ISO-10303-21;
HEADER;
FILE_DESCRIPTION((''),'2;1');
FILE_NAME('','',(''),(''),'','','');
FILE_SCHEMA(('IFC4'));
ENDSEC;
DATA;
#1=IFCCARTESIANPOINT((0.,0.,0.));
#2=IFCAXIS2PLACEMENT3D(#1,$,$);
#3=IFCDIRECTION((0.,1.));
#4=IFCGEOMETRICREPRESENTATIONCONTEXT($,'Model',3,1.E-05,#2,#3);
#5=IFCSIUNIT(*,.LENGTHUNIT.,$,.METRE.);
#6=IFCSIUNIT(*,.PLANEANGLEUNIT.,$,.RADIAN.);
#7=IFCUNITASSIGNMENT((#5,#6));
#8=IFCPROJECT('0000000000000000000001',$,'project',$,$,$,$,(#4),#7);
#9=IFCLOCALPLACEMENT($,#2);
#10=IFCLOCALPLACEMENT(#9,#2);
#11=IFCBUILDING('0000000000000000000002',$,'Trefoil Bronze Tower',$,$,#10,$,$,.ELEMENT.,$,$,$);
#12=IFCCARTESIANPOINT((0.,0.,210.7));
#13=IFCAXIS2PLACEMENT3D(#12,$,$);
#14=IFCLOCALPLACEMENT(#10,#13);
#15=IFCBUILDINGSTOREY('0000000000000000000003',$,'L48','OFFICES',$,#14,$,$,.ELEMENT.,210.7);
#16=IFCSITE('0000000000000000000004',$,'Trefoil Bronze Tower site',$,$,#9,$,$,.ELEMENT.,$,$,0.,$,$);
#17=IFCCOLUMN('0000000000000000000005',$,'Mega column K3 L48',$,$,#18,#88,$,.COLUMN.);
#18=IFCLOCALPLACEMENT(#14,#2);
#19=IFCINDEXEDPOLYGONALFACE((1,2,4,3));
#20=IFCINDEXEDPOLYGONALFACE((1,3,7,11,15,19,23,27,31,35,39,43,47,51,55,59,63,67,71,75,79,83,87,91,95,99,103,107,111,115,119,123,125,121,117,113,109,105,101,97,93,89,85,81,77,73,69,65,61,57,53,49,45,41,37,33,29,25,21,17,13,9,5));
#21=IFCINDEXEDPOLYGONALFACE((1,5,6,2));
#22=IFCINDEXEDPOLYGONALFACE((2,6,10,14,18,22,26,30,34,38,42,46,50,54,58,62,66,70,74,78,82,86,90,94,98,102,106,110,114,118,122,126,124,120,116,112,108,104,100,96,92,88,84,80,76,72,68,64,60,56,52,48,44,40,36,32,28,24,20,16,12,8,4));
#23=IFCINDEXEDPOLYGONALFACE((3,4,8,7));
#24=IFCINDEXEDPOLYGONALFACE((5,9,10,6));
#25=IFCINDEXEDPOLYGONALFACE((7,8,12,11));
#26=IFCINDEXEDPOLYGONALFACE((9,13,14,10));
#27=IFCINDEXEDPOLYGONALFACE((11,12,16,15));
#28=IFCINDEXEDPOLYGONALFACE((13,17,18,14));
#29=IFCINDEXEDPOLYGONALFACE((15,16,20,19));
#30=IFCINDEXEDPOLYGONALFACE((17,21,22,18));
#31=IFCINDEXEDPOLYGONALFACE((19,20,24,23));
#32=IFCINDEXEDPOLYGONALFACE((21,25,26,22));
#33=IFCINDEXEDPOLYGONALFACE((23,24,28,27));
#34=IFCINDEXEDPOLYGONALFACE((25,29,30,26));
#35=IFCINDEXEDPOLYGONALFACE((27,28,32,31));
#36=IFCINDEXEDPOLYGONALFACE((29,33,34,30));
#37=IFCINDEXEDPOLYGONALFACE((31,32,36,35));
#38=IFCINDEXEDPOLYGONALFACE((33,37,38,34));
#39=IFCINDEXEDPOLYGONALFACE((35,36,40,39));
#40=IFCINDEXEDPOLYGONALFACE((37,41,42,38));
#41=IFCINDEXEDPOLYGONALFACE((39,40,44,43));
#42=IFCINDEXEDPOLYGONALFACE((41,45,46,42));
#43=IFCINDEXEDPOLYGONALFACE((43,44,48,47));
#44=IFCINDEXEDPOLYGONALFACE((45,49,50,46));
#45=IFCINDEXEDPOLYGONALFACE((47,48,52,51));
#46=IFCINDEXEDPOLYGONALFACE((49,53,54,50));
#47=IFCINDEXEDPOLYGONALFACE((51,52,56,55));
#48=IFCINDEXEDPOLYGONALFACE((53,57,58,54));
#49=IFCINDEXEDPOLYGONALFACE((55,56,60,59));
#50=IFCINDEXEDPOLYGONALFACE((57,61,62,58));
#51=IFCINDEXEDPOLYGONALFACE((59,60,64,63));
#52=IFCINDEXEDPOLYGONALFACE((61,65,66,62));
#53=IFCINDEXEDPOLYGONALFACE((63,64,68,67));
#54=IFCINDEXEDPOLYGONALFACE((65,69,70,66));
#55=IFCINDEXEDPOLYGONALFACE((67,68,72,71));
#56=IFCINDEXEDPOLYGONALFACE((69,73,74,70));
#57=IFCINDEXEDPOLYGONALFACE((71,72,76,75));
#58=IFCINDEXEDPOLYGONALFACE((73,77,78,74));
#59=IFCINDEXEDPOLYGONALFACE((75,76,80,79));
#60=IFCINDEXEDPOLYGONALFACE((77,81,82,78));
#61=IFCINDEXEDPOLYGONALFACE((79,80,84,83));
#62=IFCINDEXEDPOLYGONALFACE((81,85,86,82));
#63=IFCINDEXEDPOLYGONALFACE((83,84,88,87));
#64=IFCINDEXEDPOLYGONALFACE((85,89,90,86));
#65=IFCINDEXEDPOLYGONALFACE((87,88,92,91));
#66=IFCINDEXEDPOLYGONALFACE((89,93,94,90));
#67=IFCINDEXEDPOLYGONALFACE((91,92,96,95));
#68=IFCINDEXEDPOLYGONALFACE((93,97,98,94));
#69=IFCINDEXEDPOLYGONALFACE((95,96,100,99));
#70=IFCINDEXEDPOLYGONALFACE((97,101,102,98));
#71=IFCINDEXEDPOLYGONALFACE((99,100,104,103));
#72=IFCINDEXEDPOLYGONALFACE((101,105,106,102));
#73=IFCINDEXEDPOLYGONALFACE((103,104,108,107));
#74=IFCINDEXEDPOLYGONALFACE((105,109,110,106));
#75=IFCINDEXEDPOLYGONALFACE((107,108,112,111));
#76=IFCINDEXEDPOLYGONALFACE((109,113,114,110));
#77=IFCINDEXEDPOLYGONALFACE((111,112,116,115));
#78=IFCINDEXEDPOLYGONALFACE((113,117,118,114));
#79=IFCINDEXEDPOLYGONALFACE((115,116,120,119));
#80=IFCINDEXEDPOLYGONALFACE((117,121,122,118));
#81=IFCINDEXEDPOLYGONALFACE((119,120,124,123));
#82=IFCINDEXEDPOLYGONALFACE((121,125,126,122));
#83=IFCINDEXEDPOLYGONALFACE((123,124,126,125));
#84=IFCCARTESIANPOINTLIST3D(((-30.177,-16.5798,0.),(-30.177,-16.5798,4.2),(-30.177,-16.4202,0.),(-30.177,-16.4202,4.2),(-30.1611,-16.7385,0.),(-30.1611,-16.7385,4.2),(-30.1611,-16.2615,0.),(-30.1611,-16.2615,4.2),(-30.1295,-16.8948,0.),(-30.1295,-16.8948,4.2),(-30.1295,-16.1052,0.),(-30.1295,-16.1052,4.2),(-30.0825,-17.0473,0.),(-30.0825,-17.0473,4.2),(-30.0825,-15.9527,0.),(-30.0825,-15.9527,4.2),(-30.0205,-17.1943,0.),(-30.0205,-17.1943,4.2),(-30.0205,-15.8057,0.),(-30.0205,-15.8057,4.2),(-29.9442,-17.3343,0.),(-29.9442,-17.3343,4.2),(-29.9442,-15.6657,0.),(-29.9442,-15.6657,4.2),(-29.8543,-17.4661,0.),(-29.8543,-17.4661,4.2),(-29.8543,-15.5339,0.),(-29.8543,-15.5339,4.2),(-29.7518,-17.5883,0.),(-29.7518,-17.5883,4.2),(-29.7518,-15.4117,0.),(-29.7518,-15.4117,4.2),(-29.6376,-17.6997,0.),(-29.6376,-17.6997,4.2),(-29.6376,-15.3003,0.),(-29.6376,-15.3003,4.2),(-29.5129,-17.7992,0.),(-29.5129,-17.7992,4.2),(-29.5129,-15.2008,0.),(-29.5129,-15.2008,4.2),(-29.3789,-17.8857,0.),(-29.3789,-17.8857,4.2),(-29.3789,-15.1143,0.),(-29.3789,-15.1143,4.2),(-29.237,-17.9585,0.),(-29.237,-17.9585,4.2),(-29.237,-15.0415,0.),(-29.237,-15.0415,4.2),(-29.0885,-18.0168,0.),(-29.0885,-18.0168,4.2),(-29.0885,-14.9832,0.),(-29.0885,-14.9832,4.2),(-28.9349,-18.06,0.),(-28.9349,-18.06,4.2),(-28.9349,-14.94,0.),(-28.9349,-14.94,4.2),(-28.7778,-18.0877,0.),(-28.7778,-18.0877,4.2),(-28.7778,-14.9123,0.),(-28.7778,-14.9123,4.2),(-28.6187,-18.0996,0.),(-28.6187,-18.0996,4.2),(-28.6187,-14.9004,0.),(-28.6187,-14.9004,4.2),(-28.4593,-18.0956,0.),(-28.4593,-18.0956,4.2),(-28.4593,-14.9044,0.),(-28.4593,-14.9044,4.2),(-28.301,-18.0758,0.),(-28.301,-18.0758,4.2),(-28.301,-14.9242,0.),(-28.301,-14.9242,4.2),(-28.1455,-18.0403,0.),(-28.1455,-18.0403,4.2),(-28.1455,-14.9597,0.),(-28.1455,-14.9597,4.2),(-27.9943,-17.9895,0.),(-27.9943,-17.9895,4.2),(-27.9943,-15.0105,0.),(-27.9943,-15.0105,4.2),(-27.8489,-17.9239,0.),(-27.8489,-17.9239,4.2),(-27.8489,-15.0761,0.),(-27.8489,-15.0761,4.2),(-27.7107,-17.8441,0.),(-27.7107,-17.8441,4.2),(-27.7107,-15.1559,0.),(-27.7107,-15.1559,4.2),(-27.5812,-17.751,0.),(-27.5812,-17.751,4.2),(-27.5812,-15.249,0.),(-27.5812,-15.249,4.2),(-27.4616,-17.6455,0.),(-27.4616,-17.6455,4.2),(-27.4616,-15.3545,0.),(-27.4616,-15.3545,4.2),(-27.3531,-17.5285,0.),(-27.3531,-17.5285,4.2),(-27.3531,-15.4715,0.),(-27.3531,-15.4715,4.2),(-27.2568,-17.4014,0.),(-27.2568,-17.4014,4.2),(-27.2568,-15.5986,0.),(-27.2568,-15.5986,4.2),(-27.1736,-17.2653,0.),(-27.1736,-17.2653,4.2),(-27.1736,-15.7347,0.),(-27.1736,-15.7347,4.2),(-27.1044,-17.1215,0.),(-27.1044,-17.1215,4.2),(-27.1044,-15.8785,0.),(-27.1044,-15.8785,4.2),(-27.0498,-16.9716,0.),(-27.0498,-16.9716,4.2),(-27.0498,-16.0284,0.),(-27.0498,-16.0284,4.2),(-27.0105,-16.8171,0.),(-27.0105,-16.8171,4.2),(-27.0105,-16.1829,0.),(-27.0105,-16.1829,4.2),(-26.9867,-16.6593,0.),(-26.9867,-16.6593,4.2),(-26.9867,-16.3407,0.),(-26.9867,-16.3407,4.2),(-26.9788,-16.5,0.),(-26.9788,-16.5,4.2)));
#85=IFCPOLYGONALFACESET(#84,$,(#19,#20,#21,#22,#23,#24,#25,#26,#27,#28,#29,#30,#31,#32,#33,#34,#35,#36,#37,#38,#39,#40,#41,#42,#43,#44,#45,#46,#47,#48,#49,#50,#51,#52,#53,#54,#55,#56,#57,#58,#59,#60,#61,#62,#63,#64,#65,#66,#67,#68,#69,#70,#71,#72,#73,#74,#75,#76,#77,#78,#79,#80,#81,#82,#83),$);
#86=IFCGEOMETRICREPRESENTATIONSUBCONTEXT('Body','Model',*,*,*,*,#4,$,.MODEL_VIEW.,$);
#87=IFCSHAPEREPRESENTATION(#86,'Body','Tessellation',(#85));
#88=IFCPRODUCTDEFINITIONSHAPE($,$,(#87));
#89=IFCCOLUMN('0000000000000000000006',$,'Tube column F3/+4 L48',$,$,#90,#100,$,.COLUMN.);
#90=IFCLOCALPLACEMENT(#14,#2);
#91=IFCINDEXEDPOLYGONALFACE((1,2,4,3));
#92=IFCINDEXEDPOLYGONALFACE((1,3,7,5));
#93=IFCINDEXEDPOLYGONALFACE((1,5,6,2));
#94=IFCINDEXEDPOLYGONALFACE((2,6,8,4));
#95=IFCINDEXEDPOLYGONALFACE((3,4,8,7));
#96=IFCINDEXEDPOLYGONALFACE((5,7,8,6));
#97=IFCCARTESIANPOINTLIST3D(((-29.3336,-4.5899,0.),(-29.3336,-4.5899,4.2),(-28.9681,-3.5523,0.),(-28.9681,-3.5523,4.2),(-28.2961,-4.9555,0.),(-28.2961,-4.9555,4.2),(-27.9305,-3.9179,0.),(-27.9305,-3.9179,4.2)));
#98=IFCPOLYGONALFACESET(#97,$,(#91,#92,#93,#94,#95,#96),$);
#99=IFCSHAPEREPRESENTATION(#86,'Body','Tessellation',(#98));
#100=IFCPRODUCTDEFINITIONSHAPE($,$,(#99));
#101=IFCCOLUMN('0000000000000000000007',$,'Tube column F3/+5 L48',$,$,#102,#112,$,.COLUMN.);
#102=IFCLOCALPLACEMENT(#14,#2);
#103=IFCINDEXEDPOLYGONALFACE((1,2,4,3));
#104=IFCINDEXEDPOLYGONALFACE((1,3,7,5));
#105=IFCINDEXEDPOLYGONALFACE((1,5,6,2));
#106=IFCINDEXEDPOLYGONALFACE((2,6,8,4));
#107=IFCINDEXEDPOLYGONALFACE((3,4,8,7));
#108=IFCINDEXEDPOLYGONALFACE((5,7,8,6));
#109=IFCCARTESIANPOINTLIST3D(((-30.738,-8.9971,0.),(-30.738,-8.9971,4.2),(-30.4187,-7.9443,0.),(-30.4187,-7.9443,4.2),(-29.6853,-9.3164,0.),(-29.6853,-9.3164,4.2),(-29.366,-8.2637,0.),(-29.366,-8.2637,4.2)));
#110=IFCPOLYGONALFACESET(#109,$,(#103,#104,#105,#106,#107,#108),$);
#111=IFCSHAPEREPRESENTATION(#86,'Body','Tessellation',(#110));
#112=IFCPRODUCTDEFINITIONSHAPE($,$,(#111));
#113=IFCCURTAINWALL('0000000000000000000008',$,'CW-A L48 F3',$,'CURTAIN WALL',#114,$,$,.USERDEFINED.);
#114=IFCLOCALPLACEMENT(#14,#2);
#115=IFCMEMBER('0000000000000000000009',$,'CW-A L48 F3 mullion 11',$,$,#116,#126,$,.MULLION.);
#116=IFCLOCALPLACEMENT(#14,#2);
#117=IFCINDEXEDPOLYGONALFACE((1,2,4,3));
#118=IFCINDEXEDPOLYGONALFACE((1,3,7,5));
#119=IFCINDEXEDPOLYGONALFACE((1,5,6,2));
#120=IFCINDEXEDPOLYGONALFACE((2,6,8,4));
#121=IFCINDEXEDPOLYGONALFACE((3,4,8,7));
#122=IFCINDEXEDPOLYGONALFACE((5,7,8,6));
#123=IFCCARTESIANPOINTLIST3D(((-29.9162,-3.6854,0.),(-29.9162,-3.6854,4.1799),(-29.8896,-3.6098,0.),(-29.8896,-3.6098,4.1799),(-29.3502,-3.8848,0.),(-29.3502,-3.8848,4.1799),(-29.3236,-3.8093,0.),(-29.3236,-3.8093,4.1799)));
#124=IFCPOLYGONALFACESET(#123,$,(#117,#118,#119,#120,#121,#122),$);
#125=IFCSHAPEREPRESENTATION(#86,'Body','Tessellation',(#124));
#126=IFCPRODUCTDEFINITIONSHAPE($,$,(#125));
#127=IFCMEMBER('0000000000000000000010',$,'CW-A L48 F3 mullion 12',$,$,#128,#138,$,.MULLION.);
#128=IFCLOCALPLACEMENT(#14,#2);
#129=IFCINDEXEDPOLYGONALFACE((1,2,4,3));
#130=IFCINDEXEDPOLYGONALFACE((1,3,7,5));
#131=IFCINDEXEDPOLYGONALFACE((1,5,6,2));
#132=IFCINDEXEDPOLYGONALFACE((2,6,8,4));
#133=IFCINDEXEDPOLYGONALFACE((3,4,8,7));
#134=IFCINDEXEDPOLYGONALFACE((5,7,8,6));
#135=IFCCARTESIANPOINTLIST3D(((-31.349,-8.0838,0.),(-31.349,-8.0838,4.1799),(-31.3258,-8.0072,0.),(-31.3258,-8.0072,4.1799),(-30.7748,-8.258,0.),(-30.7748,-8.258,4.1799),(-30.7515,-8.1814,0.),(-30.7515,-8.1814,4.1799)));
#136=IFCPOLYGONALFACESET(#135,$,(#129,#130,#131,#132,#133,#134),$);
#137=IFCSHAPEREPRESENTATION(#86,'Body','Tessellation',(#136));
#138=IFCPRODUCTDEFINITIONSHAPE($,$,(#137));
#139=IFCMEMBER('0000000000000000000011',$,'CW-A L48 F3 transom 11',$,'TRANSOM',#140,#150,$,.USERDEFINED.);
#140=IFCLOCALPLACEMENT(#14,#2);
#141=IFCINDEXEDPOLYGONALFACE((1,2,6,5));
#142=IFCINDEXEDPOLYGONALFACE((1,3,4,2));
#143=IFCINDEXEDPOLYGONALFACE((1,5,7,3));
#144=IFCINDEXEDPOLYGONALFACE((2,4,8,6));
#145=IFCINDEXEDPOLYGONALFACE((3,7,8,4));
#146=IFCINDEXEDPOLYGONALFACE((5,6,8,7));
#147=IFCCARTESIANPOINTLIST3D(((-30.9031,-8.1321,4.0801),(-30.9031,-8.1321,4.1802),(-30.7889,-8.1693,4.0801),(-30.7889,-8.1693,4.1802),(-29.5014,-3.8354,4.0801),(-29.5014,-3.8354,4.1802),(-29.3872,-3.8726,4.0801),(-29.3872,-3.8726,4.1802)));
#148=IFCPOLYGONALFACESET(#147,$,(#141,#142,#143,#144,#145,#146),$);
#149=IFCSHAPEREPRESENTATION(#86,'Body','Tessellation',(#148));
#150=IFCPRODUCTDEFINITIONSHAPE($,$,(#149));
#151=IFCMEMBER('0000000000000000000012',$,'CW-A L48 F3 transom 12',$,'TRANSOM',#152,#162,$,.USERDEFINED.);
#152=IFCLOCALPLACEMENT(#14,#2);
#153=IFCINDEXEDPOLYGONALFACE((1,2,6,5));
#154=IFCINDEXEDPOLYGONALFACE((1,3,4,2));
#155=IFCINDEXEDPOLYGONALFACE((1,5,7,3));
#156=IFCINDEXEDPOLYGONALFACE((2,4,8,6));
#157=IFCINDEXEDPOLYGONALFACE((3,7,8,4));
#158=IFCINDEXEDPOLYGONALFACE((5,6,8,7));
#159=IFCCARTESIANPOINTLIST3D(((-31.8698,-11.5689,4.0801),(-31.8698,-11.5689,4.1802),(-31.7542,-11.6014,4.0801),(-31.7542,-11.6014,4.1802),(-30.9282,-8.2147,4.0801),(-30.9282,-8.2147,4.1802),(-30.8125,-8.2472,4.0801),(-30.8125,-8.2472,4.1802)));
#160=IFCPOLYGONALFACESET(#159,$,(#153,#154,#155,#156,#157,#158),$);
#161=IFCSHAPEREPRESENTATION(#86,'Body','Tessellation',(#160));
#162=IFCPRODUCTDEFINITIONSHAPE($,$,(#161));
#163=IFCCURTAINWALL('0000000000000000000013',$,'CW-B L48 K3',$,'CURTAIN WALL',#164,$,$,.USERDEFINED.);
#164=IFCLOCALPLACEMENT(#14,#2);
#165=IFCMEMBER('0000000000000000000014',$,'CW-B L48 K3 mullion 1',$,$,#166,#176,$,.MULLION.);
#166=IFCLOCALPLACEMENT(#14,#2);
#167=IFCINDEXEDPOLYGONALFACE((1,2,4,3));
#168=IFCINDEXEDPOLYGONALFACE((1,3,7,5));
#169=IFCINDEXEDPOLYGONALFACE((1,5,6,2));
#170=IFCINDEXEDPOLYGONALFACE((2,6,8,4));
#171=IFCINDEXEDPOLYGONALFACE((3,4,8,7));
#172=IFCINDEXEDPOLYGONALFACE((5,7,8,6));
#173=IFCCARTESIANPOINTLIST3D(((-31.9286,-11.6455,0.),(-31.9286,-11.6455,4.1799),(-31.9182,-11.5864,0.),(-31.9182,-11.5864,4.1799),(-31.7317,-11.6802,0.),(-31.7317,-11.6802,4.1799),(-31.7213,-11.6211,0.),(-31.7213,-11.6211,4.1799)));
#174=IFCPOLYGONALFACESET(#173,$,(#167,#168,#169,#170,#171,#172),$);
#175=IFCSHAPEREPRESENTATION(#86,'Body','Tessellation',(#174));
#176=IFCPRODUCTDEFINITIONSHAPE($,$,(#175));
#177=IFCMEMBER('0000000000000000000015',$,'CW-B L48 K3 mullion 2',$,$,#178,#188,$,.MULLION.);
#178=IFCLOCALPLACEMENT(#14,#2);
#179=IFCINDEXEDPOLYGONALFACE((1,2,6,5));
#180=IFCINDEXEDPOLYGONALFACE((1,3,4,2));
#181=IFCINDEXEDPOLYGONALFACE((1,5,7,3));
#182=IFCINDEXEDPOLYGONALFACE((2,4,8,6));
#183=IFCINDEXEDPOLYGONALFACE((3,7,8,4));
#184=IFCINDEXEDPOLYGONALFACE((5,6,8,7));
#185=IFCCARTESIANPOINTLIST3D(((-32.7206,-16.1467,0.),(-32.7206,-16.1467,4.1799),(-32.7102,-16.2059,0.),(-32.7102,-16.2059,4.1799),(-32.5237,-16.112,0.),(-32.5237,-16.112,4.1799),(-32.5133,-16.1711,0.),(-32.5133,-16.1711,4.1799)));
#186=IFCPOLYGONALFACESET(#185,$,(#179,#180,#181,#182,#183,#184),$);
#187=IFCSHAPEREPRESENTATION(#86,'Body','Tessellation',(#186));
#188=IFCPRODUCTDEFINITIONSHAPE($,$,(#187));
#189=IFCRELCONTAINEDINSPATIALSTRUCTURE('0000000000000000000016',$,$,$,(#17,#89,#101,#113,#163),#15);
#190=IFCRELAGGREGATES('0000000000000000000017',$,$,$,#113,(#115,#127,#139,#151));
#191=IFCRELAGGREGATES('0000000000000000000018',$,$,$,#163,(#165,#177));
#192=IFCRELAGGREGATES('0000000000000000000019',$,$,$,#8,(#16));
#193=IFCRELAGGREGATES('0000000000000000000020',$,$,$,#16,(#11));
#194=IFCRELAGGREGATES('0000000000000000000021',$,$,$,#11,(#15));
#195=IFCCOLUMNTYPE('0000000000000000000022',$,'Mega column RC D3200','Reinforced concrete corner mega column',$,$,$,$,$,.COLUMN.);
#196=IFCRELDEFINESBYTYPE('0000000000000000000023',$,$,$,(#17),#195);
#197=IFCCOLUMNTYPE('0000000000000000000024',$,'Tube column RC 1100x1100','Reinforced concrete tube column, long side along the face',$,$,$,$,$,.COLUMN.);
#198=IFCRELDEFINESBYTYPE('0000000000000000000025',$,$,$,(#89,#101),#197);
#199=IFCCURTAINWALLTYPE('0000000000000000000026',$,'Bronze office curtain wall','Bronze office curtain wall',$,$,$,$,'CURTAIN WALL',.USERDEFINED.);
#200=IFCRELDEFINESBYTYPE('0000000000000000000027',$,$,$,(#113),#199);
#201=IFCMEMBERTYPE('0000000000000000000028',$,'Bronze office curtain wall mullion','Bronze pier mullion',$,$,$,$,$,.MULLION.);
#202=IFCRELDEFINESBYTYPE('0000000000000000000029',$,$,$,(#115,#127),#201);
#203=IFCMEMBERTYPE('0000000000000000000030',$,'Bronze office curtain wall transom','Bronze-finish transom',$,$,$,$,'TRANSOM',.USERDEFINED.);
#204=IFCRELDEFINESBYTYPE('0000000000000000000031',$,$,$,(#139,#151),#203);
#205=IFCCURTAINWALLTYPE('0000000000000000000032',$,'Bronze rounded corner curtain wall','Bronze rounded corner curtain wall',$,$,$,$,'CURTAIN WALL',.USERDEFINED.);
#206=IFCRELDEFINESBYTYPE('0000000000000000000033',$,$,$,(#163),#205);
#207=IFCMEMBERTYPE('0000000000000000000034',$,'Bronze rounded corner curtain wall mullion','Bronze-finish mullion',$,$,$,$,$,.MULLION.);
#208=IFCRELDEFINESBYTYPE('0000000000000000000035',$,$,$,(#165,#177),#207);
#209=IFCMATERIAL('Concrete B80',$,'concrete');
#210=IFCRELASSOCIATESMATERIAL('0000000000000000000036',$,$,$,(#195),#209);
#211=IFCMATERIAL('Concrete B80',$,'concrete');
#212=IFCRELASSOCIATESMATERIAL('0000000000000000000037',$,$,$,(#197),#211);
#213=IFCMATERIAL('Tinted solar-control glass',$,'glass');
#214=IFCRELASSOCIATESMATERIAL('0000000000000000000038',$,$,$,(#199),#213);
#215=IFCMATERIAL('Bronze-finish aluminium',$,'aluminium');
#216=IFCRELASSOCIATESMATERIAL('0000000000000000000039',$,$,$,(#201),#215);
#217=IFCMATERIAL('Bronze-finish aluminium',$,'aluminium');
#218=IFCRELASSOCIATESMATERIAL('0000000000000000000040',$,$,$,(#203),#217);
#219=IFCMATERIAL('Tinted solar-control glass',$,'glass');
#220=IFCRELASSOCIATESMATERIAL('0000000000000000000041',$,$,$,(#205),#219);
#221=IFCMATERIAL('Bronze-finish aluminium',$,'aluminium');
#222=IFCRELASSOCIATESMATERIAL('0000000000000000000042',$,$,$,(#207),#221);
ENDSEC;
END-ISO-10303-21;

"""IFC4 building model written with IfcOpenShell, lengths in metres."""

from ifc_helpers import new_model, si_unit, direction, frame, origin, origin_2d, place, context, subcontext, project, spatial, rectangle, circle, extrude, material, material_profile, profile_set, type_object, element, aggregate, save


model = new_model("IFC4")

# Units and contexts
model_context = context("Model", 3, precision=1e-05, world=origin(), true_north=direction((0.0, 1.0)))
body_context = subcontext(model_context, "Body", "Model", "MODEL_VIEW")
ifc_project = project(units=[si_unit("LENGTHUNIT", "METRE"), si_unit("PLANEANGLEUNIT", "RADIAN")], contexts=[model_context])

# Site, building, storey
site_placement = place(None, origin())
site = spatial("IfcSite", under=ifc_project, at=site_placement, Name="Trefoil Bronze Tower site", CompositionType="ELEMENT", RefElevation=0.0)
building_placement = place(site_placement, origin())
building = spatial("IfcBuilding", under=site, at=building_placement, Name="Trefoil Bronze Tower", CompositionType="ELEMENT")
storey_placement = place(building_placement, frame((0.0, 0.0, 210.7)))
storey = spatial("IfcBuildingStorey", under=building, at=storey_placement, Name="L48", Description="OFFICES", CompositionType="ELEMENT", Elevation=210.7)

# Columns
ifc_material_1 = material(Name="Concrete B80", Category="concrete")
ifc_material_profile_1 = material_profile(ifc_material_1, circle(Radius=1.6001, at=origin_2d()), Name="RC D3200")
ifc_profile_set_1 = profile_set([ifc_material_profile_1], Name="Concrete B80")
column_type_1 = type_object("IfcColumnType", Name="Mega column RC D3200", Description="Reinforced concrete corner mega column", PredefinedType="COLUMN", material=ifc_profile_set_1)
column_placement = place(storey_placement, frame((-28.5789, -16.5, 0.0), z_axis=(0.0, 0.0, 1.0), x_axis=(1.0, 0.0, 0.0)))
element("IfcColumn", 1, at=column_placement, inside=storey, type_object=column_type_1, Name="Mega column K3 L48", PredefinedType="COLUMN", context=body_context, shape_type="SweptSolid", body=[
    extrude(circle(Radius=1.6001, at=origin_2d()), origin(), (0.0, 0.0, 1.0), 4.2),
])
ifc_material_2 = material(Name="Concrete B80", Category="concrete")
ifc_material_profile_2 = material_profile(ifc_material_2, rectangle(XDim=1.1001, YDim=1.1001, at=origin_2d()), Name="RC 1100x1100")
ifc_profile_set_2 = profile_set([ifc_material_profile_2], Name="Concrete B80")
column_type_2 = type_object("IfcColumnType", Name="Tube column RC 1100x1100", Description="Reinforced concrete tube column, long side along the face", PredefinedType="COLUMN", material=ifc_profile_set_2)
for number, where, z_axis, x_axis, name in (
    (2, (-28.6321, -4.2539, 0.0), (0.0, 0.0, 1.0), (-0.332282, -0.94318, 0.0), "Tube column F3/+4 L48"),
    (3, (-30.052, -8.6304, 0.0), (0.0, 0.0, 1.0), (-0.290278, -0.956942, 0.0), "Tube column F3/+5 L48"),
):
    element("IfcColumn", number, at=place(storey_placement, frame(where, z_axis=z_axis, x_axis=x_axis)), inside=storey, type_object=column_type_2, Name=name, PredefinedType="COLUMN", context=body_context, shape_type="SweptSolid", body=[
        extrude(rectangle(XDim=1.1001, YDim=1.1001, at=origin_2d()), origin(), (0.0, 0.0, 1.0), 4.2),
    ])

# Curtain walls, members
ifc_material_3 = material(Name="Tinted solar-control glass", Category="glass")
curtain_wall_type_1 = type_object("IfcCurtainWallType", Name="Bronze office curtain wall", Description="Bronze office curtain wall", ElementType="CURTAIN WALL", PredefinedType="USERDEFINED", material=ifc_material_3)
curtain_wall_1_placement = place(storey_placement, origin())
curtain_wall_1 = element("IfcCurtainWall", 4, at=curtain_wall_1_placement, inside=storey, type_object=curtain_wall_type_1, Name="CW-A L48 F3", ObjectType="CURTAIN WALL", PredefinedType="USERDEFINED")
ifc_material_4 = material(Name="Bronze-finish aluminium", Category="aluminium")
ifc_material_profile_3 = material_profile(ifc_material_4, rectangle(XDim=0.6001, YDim=0.0801, at=origin_2d()), Name="CW-A mullion")
ifc_profile_set_3 = profile_set([ifc_material_profile_3], Name="Bronze-finish aluminium")
member_type_1 = type_object("IfcMemberType", Name="Bronze office curtain wall mullion", Description="Bronze pier mullion", PredefinedType="MULLION", material=ifc_profile_set_3)
member_1_placement = place(storey_placement, frame((-29.6199, -3.7473, 0.0), z_axis=(0.0, 0.0, 1.0), x_axis=(0.94318, -0.332282, 0.0)))
member_1 = element("IfcMember", 5, at=member_1_placement, type_object=member_type_1, Name="CW-A L48 F3 mullion 11", PredefinedType="MULLION", context=body_context, shape_type="SweptSolid", body=[
    extrude(rectangle(XDim=0.6001, YDim=0.0801, at=origin_2d()), origin(), (0.0, 0.0, 1.0), 4.1799),
])
member_2_placement = place(storey_placement, frame((-31.0503, -8.1326, 0.0), z_axis=(0.0, 0.0, 1.0), x_axis=(0.956942, -0.290278, 0.0)))
member_2 = element("IfcMember", 6, at=member_2_placement, type_object=member_type_1, Name="CW-A L48 F3 mullion 12", PredefinedType="MULLION", context=body_context, shape_type="SweptSolid", body=[
    extrude(rectangle(XDim=0.6001, YDim=0.0801, at=origin_2d()), origin(), (0.0, 0.0, 1.0), 4.1799),
])
ifc_material_5 = material(Name="Bronze-finish aluminium", Category="aluminium")
ifc_material_profile_4 = material_profile(ifc_material_5, rectangle(XDim=0.1201, YDim=0.1001, at=origin_2d()), Name="CW-A transom")
ifc_profile_set_4 = profile_set([ifc_material_profile_4], Name="Bronze-finish aluminium")
member_type_2 = type_object("IfcMemberType", Name="Bronze office curtain wall transom", Description="Bronze-finish transom", ElementType="TRANSOM", PredefinedType="USERDEFINED", material=ifc_profile_set_4)
member_3_placement = place(storey_placement, frame((-29.4443, -3.854, 4.1301), z_axis=(-0.310128, -0.950695, 0.0), x_axis=(0.950695, -0.310128, 0.0)))
member_3 = element("IfcMember", 7, at=member_3_placement, type_object=member_type_2, Name="CW-A L48 F3 transom 11", ObjectType="TRANSOM", PredefinedType="USERDEFINED", context=body_context, shape_type="SweptSolid", body=[
    extrude(rectangle(XDim=0.1201, YDim=0.1001, at=origin_2d()), origin(), (0.0, 0.0, 1.0), 4.5195),
])
member_4_placement = place(storey_placement, frame((-30.8704, -8.231, 4.1301), z_axis=(-0.270285, -0.96278, 0.0), x_axis=(0.96278, -0.270285, 0.0)))
member_4 = element("IfcMember", 8, at=member_4_placement, type_object=member_type_2, Name="CW-A L48 F3 transom 12", ObjectType="TRANSOM", PredefinedType="USERDEFINED", context=body_context, shape_type="SweptSolid", body=[
    extrude(rectangle(XDim=0.1201, YDim=0.1001, at=origin_2d()), origin(), (0.0, 0.0, 1.0), 3.4839),
])
ifc_material_6 = material(Name="Tinted solar-control glass", Category="glass")
curtain_wall_type_2 = type_object("IfcCurtainWallType", Name="Bronze rounded corner curtain wall", Description="Bronze rounded corner curtain wall", ElementType="CURTAIN WALL", PredefinedType="USERDEFINED", material=ifc_material_6)
curtain_wall_2_placement = place(storey_placement, origin())
curtain_wall_2 = element("IfcCurtainWall", 9, at=curtain_wall_2_placement, inside=storey, type_object=curtain_wall_type_2, Name="CW-B L48 K3", ObjectType="CURTAIN WALL", PredefinedType="USERDEFINED")
ifc_material_7 = material(Name="Bronze-finish aluminium", Category="aluminium")
ifc_material_profile_5 = material_profile(ifc_material_7, rectangle(XDim=0.2, YDim=0.0601, at=origin_2d()), Name="CW-B mullion")
ifc_profile_set_5 = profile_set([ifc_material_profile_5], Name="Bronze-finish aluminium")
member_type_3 = type_object("IfcMemberType", Name="Bronze rounded corner curtain wall mullion", Description="Bronze-finish mullion", PredefinedType="MULLION", material=ifc_profile_set_5)
member_5_placement = place(storey_placement, frame((-31.825, -11.6333, 0.0), z_axis=(0.0, 0.0, 1.0), x_axis=(0.984808, -0.173648, 0.0)))
member_5 = element("IfcMember", 10, at=member_5_placement, type_object=member_type_3, Name="CW-B L48 K3 mullion 1", PredefinedType="MULLION", context=body_context, shape_type="SweptSolid", body=[
    extrude(rectangle(XDim=0.2, YDim=0.0601, at=origin_2d()), origin(), (0.0, 0.0, 1.0), 4.1799),
])
member_6_placement = place(storey_placement, frame((-32.6169, -16.1589, 0.0), z_axis=(0.0, 0.0, 1.0), x_axis=(0.984808, 0.173648, 0.0)))
member_6 = element("IfcMember", 11, at=member_6_placement, type_object=member_type_3, Name="CW-B L48 K3 mullion 2", PredefinedType="MULLION", context=body_context, shape_type="SweptSolid", body=[
    extrude(rectangle(XDim=0.2, YDim=0.0601, at=origin_2d()), origin(), (0.0, 0.0, 1.0), 4.1799),
])

aggregate(curtain_wall_1, [member_1, member_2, member_3, member_4])
aggregate(curtain_wall_2, [member_5, member_6])

save(model, "model.ifc")
